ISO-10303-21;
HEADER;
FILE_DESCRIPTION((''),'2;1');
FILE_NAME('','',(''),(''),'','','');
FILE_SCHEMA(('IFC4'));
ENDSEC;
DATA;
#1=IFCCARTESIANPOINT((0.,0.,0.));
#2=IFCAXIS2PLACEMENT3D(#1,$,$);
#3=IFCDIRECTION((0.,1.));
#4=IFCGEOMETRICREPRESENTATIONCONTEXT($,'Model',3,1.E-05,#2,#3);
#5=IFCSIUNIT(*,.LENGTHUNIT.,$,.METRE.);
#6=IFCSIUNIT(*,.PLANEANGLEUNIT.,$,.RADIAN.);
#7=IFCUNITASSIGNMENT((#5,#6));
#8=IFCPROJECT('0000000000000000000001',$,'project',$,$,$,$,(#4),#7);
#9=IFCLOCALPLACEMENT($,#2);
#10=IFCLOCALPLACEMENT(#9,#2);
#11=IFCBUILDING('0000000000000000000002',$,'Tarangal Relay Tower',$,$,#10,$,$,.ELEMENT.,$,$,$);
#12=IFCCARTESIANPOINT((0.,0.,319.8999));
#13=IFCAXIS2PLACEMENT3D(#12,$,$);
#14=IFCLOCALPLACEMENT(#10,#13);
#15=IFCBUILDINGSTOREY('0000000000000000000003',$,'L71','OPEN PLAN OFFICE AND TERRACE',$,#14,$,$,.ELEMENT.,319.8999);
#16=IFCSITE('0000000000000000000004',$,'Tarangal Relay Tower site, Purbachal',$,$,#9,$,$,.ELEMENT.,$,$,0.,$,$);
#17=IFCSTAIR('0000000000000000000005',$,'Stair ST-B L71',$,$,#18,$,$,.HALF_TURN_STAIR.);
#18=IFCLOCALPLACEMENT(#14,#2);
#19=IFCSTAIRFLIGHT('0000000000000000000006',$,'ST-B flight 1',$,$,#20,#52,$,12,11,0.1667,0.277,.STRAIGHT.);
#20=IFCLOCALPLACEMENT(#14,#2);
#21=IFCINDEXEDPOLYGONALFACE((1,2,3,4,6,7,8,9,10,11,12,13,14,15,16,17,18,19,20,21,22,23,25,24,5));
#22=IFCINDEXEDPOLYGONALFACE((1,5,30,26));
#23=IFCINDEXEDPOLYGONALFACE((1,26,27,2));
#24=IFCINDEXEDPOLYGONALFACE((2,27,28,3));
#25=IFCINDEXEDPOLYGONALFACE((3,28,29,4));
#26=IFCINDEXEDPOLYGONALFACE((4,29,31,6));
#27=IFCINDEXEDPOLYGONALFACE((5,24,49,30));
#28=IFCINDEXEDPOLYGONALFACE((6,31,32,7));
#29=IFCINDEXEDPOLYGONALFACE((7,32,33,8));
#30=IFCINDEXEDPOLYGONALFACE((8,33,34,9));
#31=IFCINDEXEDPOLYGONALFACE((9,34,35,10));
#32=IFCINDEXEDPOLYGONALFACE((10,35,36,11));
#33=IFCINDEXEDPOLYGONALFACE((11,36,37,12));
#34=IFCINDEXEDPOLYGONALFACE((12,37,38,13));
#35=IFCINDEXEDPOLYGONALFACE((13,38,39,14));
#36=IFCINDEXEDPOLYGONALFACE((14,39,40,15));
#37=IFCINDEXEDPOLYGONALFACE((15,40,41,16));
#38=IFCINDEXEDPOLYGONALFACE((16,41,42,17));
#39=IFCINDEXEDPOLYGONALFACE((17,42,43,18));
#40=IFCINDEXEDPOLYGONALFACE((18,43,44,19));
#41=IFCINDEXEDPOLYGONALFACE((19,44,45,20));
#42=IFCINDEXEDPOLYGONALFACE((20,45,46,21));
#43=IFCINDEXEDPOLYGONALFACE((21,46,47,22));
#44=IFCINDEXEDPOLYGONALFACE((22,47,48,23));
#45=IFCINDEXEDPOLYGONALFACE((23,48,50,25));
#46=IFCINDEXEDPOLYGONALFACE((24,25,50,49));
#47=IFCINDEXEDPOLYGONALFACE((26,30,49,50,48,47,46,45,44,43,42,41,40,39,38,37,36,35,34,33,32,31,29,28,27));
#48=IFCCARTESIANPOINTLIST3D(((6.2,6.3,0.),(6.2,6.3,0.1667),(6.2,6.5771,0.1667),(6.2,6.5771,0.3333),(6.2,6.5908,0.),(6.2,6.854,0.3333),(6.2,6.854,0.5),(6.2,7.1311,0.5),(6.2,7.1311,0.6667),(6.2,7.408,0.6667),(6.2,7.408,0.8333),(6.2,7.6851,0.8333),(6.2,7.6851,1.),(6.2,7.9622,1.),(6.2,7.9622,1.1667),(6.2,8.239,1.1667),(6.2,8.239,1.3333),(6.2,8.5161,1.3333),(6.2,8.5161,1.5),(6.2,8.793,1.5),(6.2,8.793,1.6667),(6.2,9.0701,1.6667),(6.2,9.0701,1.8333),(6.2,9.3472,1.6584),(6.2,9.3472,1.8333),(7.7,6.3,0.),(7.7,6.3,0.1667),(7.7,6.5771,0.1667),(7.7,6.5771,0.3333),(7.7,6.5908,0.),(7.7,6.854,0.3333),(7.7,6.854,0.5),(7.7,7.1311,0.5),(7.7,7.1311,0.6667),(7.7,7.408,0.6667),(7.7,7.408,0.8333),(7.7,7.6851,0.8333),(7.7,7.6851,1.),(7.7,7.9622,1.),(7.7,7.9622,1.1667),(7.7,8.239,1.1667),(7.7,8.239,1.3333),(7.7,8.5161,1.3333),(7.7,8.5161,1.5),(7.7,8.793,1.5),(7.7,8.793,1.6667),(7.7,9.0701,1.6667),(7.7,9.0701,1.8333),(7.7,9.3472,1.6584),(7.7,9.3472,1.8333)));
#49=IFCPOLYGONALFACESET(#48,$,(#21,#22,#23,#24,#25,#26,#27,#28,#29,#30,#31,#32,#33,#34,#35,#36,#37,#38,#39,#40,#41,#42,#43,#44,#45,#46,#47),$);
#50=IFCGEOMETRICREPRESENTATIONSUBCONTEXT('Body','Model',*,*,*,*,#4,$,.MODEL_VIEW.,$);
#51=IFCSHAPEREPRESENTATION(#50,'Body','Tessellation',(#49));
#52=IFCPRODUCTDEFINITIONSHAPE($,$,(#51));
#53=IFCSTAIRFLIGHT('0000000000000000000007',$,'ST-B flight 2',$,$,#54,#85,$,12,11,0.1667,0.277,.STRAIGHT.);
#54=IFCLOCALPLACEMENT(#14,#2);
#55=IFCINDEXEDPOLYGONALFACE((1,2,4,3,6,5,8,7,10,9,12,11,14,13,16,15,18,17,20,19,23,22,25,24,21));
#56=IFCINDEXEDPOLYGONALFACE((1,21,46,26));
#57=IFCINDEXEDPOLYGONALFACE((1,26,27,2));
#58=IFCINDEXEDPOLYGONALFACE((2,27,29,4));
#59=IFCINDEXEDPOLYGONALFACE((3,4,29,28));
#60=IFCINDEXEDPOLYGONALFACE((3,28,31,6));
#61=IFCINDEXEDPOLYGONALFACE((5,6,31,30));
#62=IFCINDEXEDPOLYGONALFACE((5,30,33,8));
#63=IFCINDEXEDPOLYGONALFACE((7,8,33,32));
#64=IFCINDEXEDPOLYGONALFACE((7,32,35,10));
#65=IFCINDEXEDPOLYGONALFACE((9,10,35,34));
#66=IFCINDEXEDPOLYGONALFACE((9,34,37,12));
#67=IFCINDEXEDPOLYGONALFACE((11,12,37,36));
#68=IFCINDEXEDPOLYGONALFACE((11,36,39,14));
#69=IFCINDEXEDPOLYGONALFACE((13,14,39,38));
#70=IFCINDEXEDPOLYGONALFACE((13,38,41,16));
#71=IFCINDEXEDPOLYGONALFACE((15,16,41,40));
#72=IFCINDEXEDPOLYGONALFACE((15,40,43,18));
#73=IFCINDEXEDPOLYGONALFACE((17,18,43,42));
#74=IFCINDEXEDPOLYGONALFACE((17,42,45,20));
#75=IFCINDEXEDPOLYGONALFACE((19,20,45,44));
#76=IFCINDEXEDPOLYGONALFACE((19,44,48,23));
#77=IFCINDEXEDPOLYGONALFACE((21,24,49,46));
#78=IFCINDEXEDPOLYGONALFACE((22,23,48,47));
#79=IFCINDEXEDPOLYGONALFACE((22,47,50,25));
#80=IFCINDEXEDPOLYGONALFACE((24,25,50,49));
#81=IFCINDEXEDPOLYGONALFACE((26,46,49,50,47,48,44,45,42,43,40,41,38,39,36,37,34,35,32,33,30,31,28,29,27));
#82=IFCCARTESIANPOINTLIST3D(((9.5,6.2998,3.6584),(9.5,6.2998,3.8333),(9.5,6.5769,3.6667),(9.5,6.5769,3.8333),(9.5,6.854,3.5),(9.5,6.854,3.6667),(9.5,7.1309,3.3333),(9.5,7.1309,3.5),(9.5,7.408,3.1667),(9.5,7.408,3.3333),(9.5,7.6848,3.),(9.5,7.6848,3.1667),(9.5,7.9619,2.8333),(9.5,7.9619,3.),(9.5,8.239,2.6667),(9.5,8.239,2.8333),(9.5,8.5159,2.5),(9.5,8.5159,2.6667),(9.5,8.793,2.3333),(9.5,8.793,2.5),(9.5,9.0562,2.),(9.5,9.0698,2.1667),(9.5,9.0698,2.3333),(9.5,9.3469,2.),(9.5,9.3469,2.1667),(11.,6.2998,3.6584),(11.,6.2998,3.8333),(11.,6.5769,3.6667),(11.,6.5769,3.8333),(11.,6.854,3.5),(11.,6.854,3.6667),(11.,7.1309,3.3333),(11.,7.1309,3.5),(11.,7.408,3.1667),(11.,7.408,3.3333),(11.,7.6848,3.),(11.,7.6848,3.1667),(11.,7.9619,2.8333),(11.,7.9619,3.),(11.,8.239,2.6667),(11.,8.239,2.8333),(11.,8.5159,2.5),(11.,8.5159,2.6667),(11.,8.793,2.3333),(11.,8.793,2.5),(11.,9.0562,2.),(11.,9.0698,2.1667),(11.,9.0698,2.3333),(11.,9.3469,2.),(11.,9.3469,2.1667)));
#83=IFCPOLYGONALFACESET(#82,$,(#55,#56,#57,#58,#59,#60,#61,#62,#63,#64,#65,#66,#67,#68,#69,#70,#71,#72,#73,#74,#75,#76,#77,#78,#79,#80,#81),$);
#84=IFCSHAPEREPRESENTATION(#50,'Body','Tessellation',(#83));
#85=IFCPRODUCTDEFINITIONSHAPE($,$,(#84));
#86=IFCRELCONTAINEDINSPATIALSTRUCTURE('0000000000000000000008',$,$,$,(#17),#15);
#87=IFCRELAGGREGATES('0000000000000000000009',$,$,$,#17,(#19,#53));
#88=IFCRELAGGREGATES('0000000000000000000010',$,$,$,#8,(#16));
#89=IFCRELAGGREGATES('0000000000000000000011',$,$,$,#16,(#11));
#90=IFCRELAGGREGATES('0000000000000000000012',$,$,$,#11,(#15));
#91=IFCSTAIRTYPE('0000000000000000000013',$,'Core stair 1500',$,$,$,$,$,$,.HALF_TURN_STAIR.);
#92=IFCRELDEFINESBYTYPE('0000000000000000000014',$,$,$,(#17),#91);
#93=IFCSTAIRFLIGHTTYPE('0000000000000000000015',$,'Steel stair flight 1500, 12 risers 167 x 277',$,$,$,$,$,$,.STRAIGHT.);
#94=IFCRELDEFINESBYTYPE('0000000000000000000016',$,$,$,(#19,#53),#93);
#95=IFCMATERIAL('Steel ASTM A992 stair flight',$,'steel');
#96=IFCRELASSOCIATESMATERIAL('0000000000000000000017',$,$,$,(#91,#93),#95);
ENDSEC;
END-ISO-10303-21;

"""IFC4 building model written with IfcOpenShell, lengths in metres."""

from ifc_helpers import new_model, si_unit, direction, frame, origin, place, context, subcontext, project, spatial, polyline, outline, extrude, material, type_object, element, aggregate, save


model = new_model("IFC4")

# Units and contexts
model_context = context("Model", 3, precision=1e-05, world=origin(), true_north=direction((0.0, 1.0)))
body_context = subcontext(model_context, "Body", "Model", "MODEL_VIEW")
ifc_project = project(units=[si_unit("LENGTHUNIT", "METRE"), si_unit("PLANEANGLEUNIT", "RADIAN")], contexts=[model_context])

# Site, building, storey
site_placement = place(None, origin())
site = spatial("IfcSite", under=ifc_project, at=site_placement, Name="Tarangal Relay Tower site, Purbachal", CompositionType="ELEMENT", RefElevation=0.0)
building_placement = place(site_placement, origin())
building = spatial("IfcBuilding", under=site, at=building_placement, Name="Tarangal Relay Tower", CompositionType="ELEMENT")
storey_placement = place(building_placement, frame((0.0, 0.0, 319.8999)))
storey = spatial("IfcBuildingStorey", under=building, at=storey_placement, Name="L71", Description="OPEN PLAN OFFICE AND TERRACE", CompositionType="ELEMENT", Elevation=319.8999)

# Stair
ifc_material_1 = material(Name="Steel ASTM A992 stair flight", Category="steel")
stair_type = type_object("IfcStairType", Name="Core stair 1500", PredefinedType="HALF_TURN_STAIR", material=ifc_material_1)
stair_1_placement = place(storey_placement, origin())
stair_1 = element("IfcStair", 1, at=stair_1_placement, inside=storey, type_object=stair_type, Name="Stair ST-B L71", PredefinedType="HALF_TURN_STAIR")

# Stair flights
stair_flight_type = type_object("IfcStairFlightType", Name="Steel stair flight 1500, 12 risers 167 x 277", PredefinedType="STRAIGHT", material=ifc_material_1)
stair_flight_1_placement = place(storey_placement, frame((6.95, 6.3, 0.0), z_axis=(0.0, 0.0, 1.0), x_axis=(0.0, 1.0, 0.0)))
stair_flight_1 = element("IfcStairFlight", 2, at=stair_flight_1_placement, type_object=stair_flight_type, Name="ST-B flight 1", NumberOfRisers=12, NumberOfTreads=11, PredefinedType="STRAIGHT", RiserHeight=0.1667, TreadLength=0.277, context=body_context, shape_type="SweptSolid", body=[
    extrude(outline(polyline([(0.0, 0.0), (0.0, 0.1667), (0.2771, 0.1667), (0.2771, 0.3333), (0.554, 0.3333), (0.554, 0.5), (0.8311, 0.5), (0.8311, 0.6667), (1.1079, 0.6667), (1.1079, 0.8333), (1.385, 0.8333), (1.385, 1.0), (1.6621, 1.0), (1.6621, 1.1667), (1.939, 1.1667), (1.939, 1.3333), (2.2161, 1.3333), (2.2161, 1.5), (2.4929, 1.5), (2.4929, 1.6667), (2.77, 1.6667), (2.77, 1.8333), (3.0471, 1.8333), (3.0471, 2.0), (3.0471, 1.6584), (0.2908, 0.0), (0.0, 0.0)])), frame((0.0, 0.75, 0.0), z_axis=(0.0, -1.0, 0.0), x_axis=(1.0, 0.0, 0.0)), (0.0, 0.0, 1.0), 1.5),
])
stair_flight_2_placement = place(storey_placement, frame((10.25, 9.3469, 2.0), z_axis=(0.0, 0.0, 1.0), x_axis=(0.0, -1.0, 0.0)))
stair_flight_2 = element("IfcStairFlight", 3, at=stair_flight_2_placement, type_object=stair_flight_type, Name="ST-B flight 2", NumberOfRisers=12, NumberOfTreads=11, PredefinedType="STRAIGHT", RiserHeight=0.1667, TreadLength=0.277, context=body_context, shape_type="SweptSolid", body=[
    extrude(outline(polyline([(0.0, 0.0), (0.0, 0.1667), (0.2771, 0.1667), (0.2771, 0.3333), (0.554, 0.3333), (0.554, 0.5), (0.8311, 0.5), (0.8311, 0.6667), (1.1079, 0.6667), (1.1079, 0.8333), (1.385, 0.8333), (1.385, 1.0), (1.6621, 1.0), (1.6621, 1.1667), (1.939, 1.1667), (1.939, 1.3333), (2.2161, 1.3333), (2.2161, 1.5), (2.4929, 1.5), (2.4929, 1.6667), (2.77, 1.6667), (2.77, 1.8333), (3.0471, 1.8333), (3.0471, 2.0), (3.0471, 1.6584), (0.2908, 0.0), (0.0, 0.0)])), frame((0.0, 0.75, 0.0), z_axis=(0.0, -1.0, 0.0), x_axis=(1.0, 0.0, 0.0)), (0.0, 0.0, 1.0), 1.5),
])
aggregate(stair_1, [stair_flight_1, stair_flight_2])

save(model, "model.ifc")
